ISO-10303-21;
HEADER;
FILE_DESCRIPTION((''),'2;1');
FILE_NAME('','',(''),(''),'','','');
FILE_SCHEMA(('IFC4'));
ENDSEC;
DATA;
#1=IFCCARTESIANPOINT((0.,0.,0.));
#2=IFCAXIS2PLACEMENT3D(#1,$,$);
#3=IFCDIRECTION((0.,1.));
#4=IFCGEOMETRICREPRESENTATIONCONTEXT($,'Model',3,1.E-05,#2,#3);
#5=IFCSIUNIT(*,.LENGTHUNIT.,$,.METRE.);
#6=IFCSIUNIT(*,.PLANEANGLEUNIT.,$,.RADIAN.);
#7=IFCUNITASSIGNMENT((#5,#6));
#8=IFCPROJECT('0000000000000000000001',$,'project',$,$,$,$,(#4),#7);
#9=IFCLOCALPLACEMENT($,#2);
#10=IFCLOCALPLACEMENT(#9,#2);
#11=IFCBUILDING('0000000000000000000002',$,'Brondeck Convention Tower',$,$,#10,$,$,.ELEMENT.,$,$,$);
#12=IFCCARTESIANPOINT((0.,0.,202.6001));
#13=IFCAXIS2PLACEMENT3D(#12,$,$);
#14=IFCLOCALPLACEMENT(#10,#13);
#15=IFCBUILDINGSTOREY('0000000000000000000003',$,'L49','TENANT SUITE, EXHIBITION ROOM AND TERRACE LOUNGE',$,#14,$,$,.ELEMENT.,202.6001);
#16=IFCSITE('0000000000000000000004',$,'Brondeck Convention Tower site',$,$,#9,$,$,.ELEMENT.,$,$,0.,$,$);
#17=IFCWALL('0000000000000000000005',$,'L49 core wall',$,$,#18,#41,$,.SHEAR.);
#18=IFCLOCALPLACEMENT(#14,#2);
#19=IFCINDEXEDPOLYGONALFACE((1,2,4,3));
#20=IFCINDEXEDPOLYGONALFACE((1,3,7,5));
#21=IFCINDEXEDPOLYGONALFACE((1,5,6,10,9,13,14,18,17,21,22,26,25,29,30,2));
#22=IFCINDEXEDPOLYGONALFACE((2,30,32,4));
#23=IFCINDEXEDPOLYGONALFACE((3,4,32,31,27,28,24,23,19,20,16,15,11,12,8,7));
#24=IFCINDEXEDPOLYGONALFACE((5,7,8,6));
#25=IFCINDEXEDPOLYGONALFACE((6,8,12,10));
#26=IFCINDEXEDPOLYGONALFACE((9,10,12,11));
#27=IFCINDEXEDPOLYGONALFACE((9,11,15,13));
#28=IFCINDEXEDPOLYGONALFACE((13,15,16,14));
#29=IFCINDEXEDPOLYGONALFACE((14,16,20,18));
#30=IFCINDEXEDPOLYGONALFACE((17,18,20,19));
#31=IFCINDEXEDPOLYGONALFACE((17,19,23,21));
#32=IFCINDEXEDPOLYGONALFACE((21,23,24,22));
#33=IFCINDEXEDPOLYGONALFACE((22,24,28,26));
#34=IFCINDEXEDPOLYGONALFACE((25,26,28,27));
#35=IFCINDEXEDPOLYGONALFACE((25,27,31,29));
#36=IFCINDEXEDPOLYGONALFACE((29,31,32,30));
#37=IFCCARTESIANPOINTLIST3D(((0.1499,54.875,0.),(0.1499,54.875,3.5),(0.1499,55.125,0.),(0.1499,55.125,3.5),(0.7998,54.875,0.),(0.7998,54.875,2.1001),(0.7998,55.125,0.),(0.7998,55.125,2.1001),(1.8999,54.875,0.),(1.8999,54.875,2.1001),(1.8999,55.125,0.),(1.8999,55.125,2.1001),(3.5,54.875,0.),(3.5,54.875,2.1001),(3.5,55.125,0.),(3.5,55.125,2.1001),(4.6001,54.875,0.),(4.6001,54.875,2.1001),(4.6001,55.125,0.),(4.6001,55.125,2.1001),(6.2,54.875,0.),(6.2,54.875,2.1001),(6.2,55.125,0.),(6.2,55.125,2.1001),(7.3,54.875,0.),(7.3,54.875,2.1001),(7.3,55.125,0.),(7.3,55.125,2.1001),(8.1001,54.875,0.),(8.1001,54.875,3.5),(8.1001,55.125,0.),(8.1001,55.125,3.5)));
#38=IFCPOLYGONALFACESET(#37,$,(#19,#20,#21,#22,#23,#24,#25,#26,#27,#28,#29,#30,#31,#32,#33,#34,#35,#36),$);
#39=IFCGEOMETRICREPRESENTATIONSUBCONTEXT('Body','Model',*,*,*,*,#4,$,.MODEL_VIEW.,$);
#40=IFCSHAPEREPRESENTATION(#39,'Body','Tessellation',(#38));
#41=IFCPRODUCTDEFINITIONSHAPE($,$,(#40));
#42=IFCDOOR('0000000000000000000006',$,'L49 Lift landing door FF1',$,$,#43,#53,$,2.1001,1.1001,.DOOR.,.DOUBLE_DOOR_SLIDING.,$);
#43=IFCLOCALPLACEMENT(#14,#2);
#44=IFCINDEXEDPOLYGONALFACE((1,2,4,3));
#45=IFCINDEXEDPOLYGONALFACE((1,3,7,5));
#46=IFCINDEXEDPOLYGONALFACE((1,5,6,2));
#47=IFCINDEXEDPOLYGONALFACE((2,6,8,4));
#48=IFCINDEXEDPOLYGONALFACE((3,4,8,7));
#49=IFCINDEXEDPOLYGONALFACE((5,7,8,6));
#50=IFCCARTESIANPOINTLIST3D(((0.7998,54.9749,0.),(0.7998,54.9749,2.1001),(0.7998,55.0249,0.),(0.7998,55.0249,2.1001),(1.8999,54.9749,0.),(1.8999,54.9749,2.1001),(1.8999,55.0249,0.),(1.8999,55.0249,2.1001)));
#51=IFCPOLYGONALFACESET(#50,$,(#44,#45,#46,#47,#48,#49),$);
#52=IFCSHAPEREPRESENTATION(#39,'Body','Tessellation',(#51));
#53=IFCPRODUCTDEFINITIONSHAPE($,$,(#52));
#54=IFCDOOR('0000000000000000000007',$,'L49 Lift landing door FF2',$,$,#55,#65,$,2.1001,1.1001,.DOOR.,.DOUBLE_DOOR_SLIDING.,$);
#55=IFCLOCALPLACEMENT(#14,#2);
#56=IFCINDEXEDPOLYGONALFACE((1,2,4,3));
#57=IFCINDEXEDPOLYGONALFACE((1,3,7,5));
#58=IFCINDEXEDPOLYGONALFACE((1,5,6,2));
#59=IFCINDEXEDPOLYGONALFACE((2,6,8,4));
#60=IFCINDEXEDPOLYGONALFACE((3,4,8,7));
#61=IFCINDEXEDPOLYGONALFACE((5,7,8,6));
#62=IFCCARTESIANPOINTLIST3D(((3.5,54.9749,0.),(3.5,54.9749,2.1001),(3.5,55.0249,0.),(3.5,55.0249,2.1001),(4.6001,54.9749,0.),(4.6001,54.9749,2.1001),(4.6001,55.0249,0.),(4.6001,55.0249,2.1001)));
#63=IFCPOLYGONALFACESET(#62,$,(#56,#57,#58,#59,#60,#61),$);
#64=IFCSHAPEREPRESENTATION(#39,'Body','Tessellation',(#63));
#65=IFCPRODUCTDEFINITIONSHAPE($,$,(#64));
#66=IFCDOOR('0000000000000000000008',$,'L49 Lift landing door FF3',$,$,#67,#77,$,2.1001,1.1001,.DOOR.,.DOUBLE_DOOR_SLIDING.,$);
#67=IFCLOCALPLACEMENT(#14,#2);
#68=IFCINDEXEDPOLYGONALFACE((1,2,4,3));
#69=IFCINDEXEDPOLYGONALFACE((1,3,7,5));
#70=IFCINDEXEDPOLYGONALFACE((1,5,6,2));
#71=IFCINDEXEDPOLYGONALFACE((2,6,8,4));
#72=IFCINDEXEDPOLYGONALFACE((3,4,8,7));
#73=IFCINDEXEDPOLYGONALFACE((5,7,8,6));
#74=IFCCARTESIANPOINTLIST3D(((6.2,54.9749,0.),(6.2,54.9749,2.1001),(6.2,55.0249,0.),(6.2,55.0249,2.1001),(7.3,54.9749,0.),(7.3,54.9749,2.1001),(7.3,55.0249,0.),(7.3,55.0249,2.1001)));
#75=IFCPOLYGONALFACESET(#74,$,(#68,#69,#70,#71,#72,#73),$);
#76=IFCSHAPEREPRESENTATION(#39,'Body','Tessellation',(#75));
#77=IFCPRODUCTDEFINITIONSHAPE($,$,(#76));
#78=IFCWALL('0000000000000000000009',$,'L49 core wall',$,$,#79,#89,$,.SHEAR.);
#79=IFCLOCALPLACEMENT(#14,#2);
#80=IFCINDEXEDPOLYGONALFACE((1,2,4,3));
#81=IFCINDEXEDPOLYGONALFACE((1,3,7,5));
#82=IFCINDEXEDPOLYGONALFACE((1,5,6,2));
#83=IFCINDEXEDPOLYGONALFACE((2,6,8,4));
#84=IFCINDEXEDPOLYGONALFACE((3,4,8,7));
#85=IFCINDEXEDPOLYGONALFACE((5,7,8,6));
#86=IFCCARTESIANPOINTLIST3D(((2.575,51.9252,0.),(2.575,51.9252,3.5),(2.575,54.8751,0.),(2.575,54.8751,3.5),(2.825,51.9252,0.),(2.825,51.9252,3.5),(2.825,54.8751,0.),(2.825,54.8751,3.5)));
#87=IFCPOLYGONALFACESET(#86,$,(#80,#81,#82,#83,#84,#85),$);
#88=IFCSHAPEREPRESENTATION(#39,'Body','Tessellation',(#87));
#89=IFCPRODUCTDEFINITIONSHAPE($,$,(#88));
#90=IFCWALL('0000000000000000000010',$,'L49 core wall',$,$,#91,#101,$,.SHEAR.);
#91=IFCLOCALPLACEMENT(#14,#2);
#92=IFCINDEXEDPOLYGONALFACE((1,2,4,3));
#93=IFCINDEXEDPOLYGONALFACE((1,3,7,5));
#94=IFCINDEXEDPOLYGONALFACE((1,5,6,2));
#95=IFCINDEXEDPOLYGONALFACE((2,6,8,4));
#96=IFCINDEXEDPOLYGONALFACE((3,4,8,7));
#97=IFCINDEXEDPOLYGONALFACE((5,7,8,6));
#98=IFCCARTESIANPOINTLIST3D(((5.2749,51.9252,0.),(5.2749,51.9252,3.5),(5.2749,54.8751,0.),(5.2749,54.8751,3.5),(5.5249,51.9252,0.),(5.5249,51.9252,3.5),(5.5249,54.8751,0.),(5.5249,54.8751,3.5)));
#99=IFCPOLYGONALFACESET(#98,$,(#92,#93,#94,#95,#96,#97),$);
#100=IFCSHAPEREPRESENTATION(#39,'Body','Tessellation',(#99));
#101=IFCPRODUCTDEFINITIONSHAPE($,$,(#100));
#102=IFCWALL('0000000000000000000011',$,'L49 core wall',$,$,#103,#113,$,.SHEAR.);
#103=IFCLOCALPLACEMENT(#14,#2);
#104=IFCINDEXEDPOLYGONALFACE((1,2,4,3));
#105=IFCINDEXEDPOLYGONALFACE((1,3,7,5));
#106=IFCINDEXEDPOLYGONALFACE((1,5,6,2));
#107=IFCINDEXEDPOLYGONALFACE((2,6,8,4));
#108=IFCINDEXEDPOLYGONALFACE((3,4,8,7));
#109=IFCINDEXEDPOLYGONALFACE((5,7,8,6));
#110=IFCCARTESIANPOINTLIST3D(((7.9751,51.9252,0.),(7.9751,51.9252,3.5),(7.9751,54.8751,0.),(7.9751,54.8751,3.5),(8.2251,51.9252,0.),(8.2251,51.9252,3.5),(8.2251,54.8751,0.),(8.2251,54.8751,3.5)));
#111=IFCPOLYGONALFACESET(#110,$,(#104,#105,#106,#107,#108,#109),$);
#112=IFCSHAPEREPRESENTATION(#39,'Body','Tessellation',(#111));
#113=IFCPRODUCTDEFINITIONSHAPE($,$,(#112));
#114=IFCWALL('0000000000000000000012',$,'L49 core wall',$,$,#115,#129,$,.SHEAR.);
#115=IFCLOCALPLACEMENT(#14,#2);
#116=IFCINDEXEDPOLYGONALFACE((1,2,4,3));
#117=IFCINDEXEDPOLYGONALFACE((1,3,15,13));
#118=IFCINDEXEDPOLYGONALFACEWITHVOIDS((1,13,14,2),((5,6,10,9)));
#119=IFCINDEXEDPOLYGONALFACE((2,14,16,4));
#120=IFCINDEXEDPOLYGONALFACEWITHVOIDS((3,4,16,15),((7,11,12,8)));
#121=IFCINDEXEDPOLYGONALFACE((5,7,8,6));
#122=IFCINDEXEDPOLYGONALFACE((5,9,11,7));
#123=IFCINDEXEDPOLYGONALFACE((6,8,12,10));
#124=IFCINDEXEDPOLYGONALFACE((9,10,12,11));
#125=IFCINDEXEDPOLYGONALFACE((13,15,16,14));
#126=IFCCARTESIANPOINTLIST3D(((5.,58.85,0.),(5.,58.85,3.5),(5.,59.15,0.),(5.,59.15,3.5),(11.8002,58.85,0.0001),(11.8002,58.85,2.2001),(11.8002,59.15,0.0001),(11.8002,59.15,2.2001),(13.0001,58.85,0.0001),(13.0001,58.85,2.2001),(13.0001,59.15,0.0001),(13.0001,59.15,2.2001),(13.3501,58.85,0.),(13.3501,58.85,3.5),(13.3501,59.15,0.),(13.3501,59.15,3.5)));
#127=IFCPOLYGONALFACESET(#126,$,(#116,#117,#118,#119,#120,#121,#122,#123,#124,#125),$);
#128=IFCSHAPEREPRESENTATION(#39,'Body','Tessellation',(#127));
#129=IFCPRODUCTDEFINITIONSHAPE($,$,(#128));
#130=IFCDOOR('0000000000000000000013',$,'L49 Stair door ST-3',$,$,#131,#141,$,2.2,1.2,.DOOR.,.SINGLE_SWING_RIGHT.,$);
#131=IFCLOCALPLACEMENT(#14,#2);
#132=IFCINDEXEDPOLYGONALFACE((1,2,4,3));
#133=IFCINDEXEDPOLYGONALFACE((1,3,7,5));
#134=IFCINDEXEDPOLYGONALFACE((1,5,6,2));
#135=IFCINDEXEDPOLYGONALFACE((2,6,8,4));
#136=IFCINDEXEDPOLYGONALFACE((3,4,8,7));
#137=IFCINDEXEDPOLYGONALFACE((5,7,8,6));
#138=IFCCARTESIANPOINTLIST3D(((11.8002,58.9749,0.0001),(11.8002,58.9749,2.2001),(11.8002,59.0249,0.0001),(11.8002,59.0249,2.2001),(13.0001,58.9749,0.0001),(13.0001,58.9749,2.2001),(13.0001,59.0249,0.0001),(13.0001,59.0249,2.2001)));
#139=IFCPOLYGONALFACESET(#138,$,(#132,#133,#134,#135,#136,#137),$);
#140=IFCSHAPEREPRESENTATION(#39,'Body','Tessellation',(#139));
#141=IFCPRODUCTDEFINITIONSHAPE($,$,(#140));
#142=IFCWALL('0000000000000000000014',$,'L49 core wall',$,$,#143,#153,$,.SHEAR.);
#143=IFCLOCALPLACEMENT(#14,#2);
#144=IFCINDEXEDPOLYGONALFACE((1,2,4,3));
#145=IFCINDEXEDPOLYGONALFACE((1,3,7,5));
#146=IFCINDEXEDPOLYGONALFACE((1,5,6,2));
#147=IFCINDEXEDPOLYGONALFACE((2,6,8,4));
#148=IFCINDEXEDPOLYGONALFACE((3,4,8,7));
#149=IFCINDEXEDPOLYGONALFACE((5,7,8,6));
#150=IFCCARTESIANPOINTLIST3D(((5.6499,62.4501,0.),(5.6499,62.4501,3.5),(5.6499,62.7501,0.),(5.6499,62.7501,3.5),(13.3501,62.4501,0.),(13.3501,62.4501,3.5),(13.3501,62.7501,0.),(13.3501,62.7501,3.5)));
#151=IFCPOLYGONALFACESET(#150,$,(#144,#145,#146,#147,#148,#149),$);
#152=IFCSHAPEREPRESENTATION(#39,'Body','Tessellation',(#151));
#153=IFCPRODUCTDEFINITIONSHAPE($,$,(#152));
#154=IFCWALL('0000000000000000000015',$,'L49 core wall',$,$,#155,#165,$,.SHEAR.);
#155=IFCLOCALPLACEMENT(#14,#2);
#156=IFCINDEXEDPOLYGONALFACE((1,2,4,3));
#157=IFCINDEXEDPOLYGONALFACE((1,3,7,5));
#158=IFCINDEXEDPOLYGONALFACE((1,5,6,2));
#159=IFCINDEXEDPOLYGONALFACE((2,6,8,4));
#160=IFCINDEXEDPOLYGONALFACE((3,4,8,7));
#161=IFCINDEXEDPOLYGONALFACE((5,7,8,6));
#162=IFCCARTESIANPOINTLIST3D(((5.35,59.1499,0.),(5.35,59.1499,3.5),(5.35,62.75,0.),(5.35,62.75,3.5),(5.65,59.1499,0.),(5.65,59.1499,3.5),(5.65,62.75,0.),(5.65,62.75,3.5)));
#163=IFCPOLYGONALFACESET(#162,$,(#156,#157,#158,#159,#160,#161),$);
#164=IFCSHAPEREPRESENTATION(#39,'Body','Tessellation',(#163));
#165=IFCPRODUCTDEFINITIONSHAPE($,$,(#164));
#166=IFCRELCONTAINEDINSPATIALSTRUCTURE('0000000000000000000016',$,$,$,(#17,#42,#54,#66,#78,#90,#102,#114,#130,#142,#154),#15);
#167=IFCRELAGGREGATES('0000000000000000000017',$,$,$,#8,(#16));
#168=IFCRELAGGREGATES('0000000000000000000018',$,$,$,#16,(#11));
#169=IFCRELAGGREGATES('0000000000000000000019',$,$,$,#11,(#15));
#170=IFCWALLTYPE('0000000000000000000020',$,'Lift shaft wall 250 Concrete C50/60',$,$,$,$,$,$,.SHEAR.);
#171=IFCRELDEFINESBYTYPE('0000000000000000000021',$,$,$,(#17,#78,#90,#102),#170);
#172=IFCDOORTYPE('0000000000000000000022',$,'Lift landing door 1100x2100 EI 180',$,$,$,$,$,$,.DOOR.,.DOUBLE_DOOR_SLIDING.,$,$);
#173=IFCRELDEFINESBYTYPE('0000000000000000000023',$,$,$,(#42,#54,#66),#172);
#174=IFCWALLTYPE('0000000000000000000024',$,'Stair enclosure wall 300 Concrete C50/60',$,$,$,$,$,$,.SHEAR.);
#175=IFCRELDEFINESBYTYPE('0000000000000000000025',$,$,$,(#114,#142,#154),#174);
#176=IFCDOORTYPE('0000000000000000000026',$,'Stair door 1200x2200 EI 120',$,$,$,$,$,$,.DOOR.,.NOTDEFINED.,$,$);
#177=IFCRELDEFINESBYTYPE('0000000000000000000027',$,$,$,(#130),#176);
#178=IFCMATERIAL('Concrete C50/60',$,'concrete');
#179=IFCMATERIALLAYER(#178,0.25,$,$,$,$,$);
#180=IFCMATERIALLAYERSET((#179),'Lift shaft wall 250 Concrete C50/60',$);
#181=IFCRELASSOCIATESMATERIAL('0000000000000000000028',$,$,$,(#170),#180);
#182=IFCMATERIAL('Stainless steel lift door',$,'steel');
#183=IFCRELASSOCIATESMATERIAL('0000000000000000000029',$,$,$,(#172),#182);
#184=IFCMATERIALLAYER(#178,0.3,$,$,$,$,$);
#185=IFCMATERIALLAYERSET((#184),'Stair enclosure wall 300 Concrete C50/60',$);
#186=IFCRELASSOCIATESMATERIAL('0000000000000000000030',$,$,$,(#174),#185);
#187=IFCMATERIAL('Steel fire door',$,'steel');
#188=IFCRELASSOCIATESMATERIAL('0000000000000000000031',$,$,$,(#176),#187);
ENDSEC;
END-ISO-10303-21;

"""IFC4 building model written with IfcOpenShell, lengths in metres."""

from ifc_helpers import new_model, si_unit, direction, frame, frame_2d, origin, place, context, subcontext, project, spatial, rectangle, extrude, material, layer, layer_set, type_object, element, fill, save


model = new_model("IFC4")

# Units and contexts
model_context = context("Model", 3, precision=1e-05, world=origin(), true_north=direction((0.0, 1.0)))
body_context = subcontext(model_context, "Body", "Model", "MODEL_VIEW")
ifc_project = project(units=[si_unit("LENGTHUNIT", "METRE"), si_unit("PLANEANGLEUNIT", "RADIAN")], contexts=[model_context])

# Site, building, storey
site_placement = place(None, origin())
site = spatial("IfcSite", under=ifc_project, at=site_placement, Name="Brondeck Convention Tower site", CompositionType="ELEMENT", RefElevation=0.0)
building_placement = place(site_placement, origin())
building = spatial("IfcBuilding", under=site, at=building_placement, Name="Brondeck Convention Tower", CompositionType="ELEMENT")
storey_placement = place(building_placement, frame((0.0, 0.0, 202.6001)))
storey = spatial("IfcBuildingStorey", under=building, at=storey_placement, Name="L49", Description="TENANT SUITE, EXHIBITION ROOM AND TERRACE LOUNGE", CompositionType="ELEMENT", Elevation=202.6001)

# Shared definitions
ifc_material_1 = material(Name="Concrete C50/60", Category="concrete")

# Wall, openings, doors
ifc_layer_1 = layer(ifc_material_1, 0.25)
ifc_layer_set_1 = layer_set([ifc_layer_1], Name="Lift shaft wall 250 Concrete C50/60")
wall_type_1 = type_object("IfcWallType", Name="Lift shaft wall 250 Concrete C50/60", PredefinedType="SHEAR", material=ifc_layer_set_1)
wall_1_placement = place(storey_placement, frame((0.1499, 55.0, 0.0), z_axis=(0.0, 0.0, 1.0), x_axis=(1.0, 0.0, 0.0)))
wall_1 = element("IfcWall", 1, at=wall_1_placement, inside=storey, type_object=wall_type_1, Name="L49 core wall", PredefinedType="SHEAR", context=body_context, shape_type="SweptSolid", body=[
    extrude(rectangle(XDim=7.9502, YDim=0.25, at=frame_2d((3.9751, 0.0))), origin(), (0.0, 0.0, 1.0), 3.5),
])
opening_1_placement = place(wall_1_placement, frame((0.6499, 0.0, 0.0)))
opening_1 = element("IfcOpeningElement", 2, at=opening_1_placement, cuts=wall_1, PredefinedType="OPENING", context=body_context, shape_type="SweptSolid", body=[
    extrude(rectangle(XDim=1.1001, YDim=2.1001, at=frame_2d((0.55, 1.05))), frame((0.0, 0.135, 0.0), z_axis=(0.0, -1.0, 0.0), x_axis=(1.0, 0.0, 0.0)), (0.0, 0.0, 1.0), 0.27),
])
opening_2_placement = place(wall_1_placement, frame((3.3501, 0.0, 0.0)))
opening_2 = element("IfcOpeningElement", 3, at=opening_2_placement, cuts=wall_1, PredefinedType="OPENING", context=body_context, shape_type="SweptSolid", body=[
    extrude(rectangle(XDim=1.1001, YDim=2.1001, at=frame_2d((0.55, 1.05))), frame((0.0, 0.135, 0.0), z_axis=(0.0, -1.0, 0.0), x_axis=(1.0, 0.0, 0.0)), (0.0, 0.0, 1.0), 0.27),
])
opening_3_placement = place(wall_1_placement, frame((6.05, 0.0, 0.0)))
opening_3 = element("IfcOpeningElement", 4, at=opening_3_placement, cuts=wall_1, PredefinedType="OPENING", context=body_context, shape_type="SweptSolid", body=[
    extrude(rectangle(XDim=1.1001, YDim=2.1001, at=frame_2d((0.55, 1.05))), frame((0.0, 0.135, 0.0), z_axis=(0.0, -1.0, 0.0), x_axis=(1.0, 0.0, 0.0)), (0.0, 0.0, 1.0), 0.27),
])
ifc_material_2 = material(Name="Stainless steel lift door", Category="steel")
door_type_1 = type_object("IfcDoorType", Name="Lift landing door 1100x2100 EI 180", OperationType="DOUBLE_DOOR_SLIDING", PredefinedType="DOOR", material=ifc_material_2)
door_1_placement = place(opening_1_placement, origin())
door_1 = element("IfcDoor", 5, at=door_1_placement, inside=storey, type_object=door_type_1, Name="L49 Lift landing door FF1", OperationType="DOUBLE_DOOR_SLIDING", OverallHeight=2.1001, OverallWidth=1.1001, PredefinedType="DOOR", context=body_context, shape_type="SweptSolid", body=[
    extrude(rectangle(XDim=1.1001, YDim=2.1001, at=frame_2d((0.55, 1.05))), frame((0.0, 0.0249, 0.0), z_axis=(0.0, -1.0, 0.0), x_axis=(1.0, 0.0, 0.0)), (0.0, 0.0, 1.0), 0.05),
])
fill(opening_1, door_1)
door_2_placement = place(opening_2_placement, origin())
door_2 = element("IfcDoor", 6, at=door_2_placement, inside=storey, type_object=door_type_1, Name="L49 Lift landing door FF2", OperationType="DOUBLE_DOOR_SLIDING", OverallHeight=2.1001, OverallWidth=1.1001, PredefinedType="DOOR", context=body_context, shape_type="SweptSolid", body=[
    extrude(rectangle(XDim=1.1001, YDim=2.1001, at=frame_2d((0.55, 1.05))), frame((0.0, 0.0249, 0.0), z_axis=(0.0, -1.0, 0.0), x_axis=(1.0, 0.0, 0.0)), (0.0, 0.0, 1.0), 0.05),
])
fill(opening_2, door_2)
door_3_placement = place(opening_3_placement, origin())
door_3 = element("IfcDoor", 7, at=door_3_placement, inside=storey, type_object=door_type_1, Name="L49 Lift landing door FF3", OperationType="DOUBLE_DOOR_SLIDING", OverallHeight=2.1001, OverallWidth=1.1001, PredefinedType="DOOR", context=body_context, shape_type="SweptSolid", body=[
    extrude(rectangle(XDim=1.1001, YDim=2.1001, at=frame_2d((0.55, 1.05))), frame((0.0, 0.0249, 0.0), z_axis=(0.0, -1.0, 0.0), x_axis=(1.0, 0.0, 0.0)), (0.0, 0.0, 1.0), 0.05),
])
fill(opening_3, door_3)

# Walls
for number, where, z_axis, x_axis, name in (
    (8, (2.7, 51.925, 0.0), (0.0, 0.0, 1.0), (0.0, 1.0, 0.0), "L49 core wall"),
    (9, (5.3999, 51.925, 0.0), (0.0, 0.0, 1.0), (0.0, 1.0, 0.0), "L49 core wall"),
    (10, (8.1001, 51.925, 0.0), (0.0, 0.0, 1.0), (0.0, 1.0, 0.0), "L49 core wall"),
):
    element("IfcWall", number, at=place(storey_placement, frame(where, z_axis=z_axis, x_axis=x_axis)), inside=storey, type_object=wall_type_1, Name=name, PredefinedType="SHEAR", context=body_context, shape_type="SweptSolid", body=[
        extrude(rectangle(XDim=2.95, YDim=0.25, at=frame_2d((1.4751, 0.0))), origin(), (0.0, 0.0, 1.0), 3.5),
    ])

# Wall, opening, door
ifc_layer_2 = layer(ifc_material_1, 0.3)
ifc_layer_set_2 = layer_set([ifc_layer_2], Name="Stair enclosure wall 300 Concrete C50/60")
wall_type_2 = type_object("IfcWallType", Name="Stair enclosure wall 300 Concrete C50/60", PredefinedType="SHEAR", material=ifc_layer_set_2)
wall_2_placement = place(storey_placement, frame((5.0, 59.0, 0.0), z_axis=(0.0, 0.0, 1.0), x_axis=(1.0, 0.0, 0.0)))
wall_2 = element("IfcWall", 11, at=wall_2_placement, inside=storey, type_object=wall_type_2, Name="L49 core wall", PredefinedType="SHEAR", context=body_context, shape_type="SweptSolid", body=[
    extrude(rectangle(XDim=8.3501, YDim=0.3, at=frame_2d((4.175, 0.0))), origin(), (0.0, 0.0, 1.0), 3.5),
])
opening_4_placement = place(wall_2_placement, frame((6.8, 0.0, 0.0)))
opening_4 = element("IfcOpeningElement", 12, at=opening_4_placement, cuts=wall_2, PredefinedType="OPENING", context=body_context, shape_type="SweptSolid", body=[
    extrude(rectangle(XDim=1.2, YDim=2.2, at=frame_2d((0.6001, 1.1001))), frame((0.0, 0.1599, 0.0), z_axis=(0.0, -1.0, 0.0), x_axis=(1.0, 0.0, 0.0)), (0.0, 0.0, 1.0), 0.3201),
])
ifc_material_3 = material(Name="Steel fire door", Category="steel")
door_type_2 = type_object("IfcDoorType", Name="Stair door 1200x2200 EI 120", OperationType="NOTDEFINED", PredefinedType="DOOR", material=ifc_material_3)
door_4_placement = place(opening_4_placement, origin())
door_4 = element("IfcDoor", 13, at=door_4_placement, inside=storey, type_object=door_type_2, Name="L49 Stair door ST-3", OperationType="SINGLE_SWING_RIGHT", OverallHeight=2.2, OverallWidth=1.2, PredefinedType="DOOR", context=body_context, shape_type="SweptSolid", body=[
    extrude(rectangle(XDim=1.2, YDim=2.2, at=frame_2d((0.6001, 1.1001))), frame((0.0, 0.0249, 0.0), z_axis=(0.0, -1.0, 0.0), x_axis=(1.0, 0.0, 0.0)), (0.0, 0.0, 1.0), 0.05),
])
fill(opening_4, door_4)

# Walls
wall_3_placement = place(storey_placement, frame((5.6499, 62.6001, 0.0), z_axis=(0.0, 0.0, 1.0), x_axis=(1.0, 0.0, 0.0)))
element("IfcWall", 14, at=wall_3_placement, inside=storey, type_object=wall_type_2, Name="L49 core wall", PredefinedType="SHEAR", context=body_context, shape_type="SweptSolid", body=[
    extrude(rectangle(XDim=7.7002, YDim=0.3, at=frame_2d((3.8501, 0.0))), origin(), (0.0, 0.0, 1.0), 3.5),
])
wall_4_placement = place(storey_placement, frame((5.5, 59.1499, 0.0), z_axis=(0.0, 0.0, 1.0), x_axis=(0.0, 1.0, 0.0)))
element("IfcWall", 15, at=wall_4_placement, inside=storey, type_object=wall_type_2, Name="L49 core wall", PredefinedType="SHEAR", context=body_context, shape_type="SweptSolid", body=[
    extrude(rectangle(XDim=3.6001, YDim=0.3, at=frame_2d((1.8, 0.0))), origin(), (0.0, 0.0, 1.0), 3.5),
])

save(model, "model.ifc")
